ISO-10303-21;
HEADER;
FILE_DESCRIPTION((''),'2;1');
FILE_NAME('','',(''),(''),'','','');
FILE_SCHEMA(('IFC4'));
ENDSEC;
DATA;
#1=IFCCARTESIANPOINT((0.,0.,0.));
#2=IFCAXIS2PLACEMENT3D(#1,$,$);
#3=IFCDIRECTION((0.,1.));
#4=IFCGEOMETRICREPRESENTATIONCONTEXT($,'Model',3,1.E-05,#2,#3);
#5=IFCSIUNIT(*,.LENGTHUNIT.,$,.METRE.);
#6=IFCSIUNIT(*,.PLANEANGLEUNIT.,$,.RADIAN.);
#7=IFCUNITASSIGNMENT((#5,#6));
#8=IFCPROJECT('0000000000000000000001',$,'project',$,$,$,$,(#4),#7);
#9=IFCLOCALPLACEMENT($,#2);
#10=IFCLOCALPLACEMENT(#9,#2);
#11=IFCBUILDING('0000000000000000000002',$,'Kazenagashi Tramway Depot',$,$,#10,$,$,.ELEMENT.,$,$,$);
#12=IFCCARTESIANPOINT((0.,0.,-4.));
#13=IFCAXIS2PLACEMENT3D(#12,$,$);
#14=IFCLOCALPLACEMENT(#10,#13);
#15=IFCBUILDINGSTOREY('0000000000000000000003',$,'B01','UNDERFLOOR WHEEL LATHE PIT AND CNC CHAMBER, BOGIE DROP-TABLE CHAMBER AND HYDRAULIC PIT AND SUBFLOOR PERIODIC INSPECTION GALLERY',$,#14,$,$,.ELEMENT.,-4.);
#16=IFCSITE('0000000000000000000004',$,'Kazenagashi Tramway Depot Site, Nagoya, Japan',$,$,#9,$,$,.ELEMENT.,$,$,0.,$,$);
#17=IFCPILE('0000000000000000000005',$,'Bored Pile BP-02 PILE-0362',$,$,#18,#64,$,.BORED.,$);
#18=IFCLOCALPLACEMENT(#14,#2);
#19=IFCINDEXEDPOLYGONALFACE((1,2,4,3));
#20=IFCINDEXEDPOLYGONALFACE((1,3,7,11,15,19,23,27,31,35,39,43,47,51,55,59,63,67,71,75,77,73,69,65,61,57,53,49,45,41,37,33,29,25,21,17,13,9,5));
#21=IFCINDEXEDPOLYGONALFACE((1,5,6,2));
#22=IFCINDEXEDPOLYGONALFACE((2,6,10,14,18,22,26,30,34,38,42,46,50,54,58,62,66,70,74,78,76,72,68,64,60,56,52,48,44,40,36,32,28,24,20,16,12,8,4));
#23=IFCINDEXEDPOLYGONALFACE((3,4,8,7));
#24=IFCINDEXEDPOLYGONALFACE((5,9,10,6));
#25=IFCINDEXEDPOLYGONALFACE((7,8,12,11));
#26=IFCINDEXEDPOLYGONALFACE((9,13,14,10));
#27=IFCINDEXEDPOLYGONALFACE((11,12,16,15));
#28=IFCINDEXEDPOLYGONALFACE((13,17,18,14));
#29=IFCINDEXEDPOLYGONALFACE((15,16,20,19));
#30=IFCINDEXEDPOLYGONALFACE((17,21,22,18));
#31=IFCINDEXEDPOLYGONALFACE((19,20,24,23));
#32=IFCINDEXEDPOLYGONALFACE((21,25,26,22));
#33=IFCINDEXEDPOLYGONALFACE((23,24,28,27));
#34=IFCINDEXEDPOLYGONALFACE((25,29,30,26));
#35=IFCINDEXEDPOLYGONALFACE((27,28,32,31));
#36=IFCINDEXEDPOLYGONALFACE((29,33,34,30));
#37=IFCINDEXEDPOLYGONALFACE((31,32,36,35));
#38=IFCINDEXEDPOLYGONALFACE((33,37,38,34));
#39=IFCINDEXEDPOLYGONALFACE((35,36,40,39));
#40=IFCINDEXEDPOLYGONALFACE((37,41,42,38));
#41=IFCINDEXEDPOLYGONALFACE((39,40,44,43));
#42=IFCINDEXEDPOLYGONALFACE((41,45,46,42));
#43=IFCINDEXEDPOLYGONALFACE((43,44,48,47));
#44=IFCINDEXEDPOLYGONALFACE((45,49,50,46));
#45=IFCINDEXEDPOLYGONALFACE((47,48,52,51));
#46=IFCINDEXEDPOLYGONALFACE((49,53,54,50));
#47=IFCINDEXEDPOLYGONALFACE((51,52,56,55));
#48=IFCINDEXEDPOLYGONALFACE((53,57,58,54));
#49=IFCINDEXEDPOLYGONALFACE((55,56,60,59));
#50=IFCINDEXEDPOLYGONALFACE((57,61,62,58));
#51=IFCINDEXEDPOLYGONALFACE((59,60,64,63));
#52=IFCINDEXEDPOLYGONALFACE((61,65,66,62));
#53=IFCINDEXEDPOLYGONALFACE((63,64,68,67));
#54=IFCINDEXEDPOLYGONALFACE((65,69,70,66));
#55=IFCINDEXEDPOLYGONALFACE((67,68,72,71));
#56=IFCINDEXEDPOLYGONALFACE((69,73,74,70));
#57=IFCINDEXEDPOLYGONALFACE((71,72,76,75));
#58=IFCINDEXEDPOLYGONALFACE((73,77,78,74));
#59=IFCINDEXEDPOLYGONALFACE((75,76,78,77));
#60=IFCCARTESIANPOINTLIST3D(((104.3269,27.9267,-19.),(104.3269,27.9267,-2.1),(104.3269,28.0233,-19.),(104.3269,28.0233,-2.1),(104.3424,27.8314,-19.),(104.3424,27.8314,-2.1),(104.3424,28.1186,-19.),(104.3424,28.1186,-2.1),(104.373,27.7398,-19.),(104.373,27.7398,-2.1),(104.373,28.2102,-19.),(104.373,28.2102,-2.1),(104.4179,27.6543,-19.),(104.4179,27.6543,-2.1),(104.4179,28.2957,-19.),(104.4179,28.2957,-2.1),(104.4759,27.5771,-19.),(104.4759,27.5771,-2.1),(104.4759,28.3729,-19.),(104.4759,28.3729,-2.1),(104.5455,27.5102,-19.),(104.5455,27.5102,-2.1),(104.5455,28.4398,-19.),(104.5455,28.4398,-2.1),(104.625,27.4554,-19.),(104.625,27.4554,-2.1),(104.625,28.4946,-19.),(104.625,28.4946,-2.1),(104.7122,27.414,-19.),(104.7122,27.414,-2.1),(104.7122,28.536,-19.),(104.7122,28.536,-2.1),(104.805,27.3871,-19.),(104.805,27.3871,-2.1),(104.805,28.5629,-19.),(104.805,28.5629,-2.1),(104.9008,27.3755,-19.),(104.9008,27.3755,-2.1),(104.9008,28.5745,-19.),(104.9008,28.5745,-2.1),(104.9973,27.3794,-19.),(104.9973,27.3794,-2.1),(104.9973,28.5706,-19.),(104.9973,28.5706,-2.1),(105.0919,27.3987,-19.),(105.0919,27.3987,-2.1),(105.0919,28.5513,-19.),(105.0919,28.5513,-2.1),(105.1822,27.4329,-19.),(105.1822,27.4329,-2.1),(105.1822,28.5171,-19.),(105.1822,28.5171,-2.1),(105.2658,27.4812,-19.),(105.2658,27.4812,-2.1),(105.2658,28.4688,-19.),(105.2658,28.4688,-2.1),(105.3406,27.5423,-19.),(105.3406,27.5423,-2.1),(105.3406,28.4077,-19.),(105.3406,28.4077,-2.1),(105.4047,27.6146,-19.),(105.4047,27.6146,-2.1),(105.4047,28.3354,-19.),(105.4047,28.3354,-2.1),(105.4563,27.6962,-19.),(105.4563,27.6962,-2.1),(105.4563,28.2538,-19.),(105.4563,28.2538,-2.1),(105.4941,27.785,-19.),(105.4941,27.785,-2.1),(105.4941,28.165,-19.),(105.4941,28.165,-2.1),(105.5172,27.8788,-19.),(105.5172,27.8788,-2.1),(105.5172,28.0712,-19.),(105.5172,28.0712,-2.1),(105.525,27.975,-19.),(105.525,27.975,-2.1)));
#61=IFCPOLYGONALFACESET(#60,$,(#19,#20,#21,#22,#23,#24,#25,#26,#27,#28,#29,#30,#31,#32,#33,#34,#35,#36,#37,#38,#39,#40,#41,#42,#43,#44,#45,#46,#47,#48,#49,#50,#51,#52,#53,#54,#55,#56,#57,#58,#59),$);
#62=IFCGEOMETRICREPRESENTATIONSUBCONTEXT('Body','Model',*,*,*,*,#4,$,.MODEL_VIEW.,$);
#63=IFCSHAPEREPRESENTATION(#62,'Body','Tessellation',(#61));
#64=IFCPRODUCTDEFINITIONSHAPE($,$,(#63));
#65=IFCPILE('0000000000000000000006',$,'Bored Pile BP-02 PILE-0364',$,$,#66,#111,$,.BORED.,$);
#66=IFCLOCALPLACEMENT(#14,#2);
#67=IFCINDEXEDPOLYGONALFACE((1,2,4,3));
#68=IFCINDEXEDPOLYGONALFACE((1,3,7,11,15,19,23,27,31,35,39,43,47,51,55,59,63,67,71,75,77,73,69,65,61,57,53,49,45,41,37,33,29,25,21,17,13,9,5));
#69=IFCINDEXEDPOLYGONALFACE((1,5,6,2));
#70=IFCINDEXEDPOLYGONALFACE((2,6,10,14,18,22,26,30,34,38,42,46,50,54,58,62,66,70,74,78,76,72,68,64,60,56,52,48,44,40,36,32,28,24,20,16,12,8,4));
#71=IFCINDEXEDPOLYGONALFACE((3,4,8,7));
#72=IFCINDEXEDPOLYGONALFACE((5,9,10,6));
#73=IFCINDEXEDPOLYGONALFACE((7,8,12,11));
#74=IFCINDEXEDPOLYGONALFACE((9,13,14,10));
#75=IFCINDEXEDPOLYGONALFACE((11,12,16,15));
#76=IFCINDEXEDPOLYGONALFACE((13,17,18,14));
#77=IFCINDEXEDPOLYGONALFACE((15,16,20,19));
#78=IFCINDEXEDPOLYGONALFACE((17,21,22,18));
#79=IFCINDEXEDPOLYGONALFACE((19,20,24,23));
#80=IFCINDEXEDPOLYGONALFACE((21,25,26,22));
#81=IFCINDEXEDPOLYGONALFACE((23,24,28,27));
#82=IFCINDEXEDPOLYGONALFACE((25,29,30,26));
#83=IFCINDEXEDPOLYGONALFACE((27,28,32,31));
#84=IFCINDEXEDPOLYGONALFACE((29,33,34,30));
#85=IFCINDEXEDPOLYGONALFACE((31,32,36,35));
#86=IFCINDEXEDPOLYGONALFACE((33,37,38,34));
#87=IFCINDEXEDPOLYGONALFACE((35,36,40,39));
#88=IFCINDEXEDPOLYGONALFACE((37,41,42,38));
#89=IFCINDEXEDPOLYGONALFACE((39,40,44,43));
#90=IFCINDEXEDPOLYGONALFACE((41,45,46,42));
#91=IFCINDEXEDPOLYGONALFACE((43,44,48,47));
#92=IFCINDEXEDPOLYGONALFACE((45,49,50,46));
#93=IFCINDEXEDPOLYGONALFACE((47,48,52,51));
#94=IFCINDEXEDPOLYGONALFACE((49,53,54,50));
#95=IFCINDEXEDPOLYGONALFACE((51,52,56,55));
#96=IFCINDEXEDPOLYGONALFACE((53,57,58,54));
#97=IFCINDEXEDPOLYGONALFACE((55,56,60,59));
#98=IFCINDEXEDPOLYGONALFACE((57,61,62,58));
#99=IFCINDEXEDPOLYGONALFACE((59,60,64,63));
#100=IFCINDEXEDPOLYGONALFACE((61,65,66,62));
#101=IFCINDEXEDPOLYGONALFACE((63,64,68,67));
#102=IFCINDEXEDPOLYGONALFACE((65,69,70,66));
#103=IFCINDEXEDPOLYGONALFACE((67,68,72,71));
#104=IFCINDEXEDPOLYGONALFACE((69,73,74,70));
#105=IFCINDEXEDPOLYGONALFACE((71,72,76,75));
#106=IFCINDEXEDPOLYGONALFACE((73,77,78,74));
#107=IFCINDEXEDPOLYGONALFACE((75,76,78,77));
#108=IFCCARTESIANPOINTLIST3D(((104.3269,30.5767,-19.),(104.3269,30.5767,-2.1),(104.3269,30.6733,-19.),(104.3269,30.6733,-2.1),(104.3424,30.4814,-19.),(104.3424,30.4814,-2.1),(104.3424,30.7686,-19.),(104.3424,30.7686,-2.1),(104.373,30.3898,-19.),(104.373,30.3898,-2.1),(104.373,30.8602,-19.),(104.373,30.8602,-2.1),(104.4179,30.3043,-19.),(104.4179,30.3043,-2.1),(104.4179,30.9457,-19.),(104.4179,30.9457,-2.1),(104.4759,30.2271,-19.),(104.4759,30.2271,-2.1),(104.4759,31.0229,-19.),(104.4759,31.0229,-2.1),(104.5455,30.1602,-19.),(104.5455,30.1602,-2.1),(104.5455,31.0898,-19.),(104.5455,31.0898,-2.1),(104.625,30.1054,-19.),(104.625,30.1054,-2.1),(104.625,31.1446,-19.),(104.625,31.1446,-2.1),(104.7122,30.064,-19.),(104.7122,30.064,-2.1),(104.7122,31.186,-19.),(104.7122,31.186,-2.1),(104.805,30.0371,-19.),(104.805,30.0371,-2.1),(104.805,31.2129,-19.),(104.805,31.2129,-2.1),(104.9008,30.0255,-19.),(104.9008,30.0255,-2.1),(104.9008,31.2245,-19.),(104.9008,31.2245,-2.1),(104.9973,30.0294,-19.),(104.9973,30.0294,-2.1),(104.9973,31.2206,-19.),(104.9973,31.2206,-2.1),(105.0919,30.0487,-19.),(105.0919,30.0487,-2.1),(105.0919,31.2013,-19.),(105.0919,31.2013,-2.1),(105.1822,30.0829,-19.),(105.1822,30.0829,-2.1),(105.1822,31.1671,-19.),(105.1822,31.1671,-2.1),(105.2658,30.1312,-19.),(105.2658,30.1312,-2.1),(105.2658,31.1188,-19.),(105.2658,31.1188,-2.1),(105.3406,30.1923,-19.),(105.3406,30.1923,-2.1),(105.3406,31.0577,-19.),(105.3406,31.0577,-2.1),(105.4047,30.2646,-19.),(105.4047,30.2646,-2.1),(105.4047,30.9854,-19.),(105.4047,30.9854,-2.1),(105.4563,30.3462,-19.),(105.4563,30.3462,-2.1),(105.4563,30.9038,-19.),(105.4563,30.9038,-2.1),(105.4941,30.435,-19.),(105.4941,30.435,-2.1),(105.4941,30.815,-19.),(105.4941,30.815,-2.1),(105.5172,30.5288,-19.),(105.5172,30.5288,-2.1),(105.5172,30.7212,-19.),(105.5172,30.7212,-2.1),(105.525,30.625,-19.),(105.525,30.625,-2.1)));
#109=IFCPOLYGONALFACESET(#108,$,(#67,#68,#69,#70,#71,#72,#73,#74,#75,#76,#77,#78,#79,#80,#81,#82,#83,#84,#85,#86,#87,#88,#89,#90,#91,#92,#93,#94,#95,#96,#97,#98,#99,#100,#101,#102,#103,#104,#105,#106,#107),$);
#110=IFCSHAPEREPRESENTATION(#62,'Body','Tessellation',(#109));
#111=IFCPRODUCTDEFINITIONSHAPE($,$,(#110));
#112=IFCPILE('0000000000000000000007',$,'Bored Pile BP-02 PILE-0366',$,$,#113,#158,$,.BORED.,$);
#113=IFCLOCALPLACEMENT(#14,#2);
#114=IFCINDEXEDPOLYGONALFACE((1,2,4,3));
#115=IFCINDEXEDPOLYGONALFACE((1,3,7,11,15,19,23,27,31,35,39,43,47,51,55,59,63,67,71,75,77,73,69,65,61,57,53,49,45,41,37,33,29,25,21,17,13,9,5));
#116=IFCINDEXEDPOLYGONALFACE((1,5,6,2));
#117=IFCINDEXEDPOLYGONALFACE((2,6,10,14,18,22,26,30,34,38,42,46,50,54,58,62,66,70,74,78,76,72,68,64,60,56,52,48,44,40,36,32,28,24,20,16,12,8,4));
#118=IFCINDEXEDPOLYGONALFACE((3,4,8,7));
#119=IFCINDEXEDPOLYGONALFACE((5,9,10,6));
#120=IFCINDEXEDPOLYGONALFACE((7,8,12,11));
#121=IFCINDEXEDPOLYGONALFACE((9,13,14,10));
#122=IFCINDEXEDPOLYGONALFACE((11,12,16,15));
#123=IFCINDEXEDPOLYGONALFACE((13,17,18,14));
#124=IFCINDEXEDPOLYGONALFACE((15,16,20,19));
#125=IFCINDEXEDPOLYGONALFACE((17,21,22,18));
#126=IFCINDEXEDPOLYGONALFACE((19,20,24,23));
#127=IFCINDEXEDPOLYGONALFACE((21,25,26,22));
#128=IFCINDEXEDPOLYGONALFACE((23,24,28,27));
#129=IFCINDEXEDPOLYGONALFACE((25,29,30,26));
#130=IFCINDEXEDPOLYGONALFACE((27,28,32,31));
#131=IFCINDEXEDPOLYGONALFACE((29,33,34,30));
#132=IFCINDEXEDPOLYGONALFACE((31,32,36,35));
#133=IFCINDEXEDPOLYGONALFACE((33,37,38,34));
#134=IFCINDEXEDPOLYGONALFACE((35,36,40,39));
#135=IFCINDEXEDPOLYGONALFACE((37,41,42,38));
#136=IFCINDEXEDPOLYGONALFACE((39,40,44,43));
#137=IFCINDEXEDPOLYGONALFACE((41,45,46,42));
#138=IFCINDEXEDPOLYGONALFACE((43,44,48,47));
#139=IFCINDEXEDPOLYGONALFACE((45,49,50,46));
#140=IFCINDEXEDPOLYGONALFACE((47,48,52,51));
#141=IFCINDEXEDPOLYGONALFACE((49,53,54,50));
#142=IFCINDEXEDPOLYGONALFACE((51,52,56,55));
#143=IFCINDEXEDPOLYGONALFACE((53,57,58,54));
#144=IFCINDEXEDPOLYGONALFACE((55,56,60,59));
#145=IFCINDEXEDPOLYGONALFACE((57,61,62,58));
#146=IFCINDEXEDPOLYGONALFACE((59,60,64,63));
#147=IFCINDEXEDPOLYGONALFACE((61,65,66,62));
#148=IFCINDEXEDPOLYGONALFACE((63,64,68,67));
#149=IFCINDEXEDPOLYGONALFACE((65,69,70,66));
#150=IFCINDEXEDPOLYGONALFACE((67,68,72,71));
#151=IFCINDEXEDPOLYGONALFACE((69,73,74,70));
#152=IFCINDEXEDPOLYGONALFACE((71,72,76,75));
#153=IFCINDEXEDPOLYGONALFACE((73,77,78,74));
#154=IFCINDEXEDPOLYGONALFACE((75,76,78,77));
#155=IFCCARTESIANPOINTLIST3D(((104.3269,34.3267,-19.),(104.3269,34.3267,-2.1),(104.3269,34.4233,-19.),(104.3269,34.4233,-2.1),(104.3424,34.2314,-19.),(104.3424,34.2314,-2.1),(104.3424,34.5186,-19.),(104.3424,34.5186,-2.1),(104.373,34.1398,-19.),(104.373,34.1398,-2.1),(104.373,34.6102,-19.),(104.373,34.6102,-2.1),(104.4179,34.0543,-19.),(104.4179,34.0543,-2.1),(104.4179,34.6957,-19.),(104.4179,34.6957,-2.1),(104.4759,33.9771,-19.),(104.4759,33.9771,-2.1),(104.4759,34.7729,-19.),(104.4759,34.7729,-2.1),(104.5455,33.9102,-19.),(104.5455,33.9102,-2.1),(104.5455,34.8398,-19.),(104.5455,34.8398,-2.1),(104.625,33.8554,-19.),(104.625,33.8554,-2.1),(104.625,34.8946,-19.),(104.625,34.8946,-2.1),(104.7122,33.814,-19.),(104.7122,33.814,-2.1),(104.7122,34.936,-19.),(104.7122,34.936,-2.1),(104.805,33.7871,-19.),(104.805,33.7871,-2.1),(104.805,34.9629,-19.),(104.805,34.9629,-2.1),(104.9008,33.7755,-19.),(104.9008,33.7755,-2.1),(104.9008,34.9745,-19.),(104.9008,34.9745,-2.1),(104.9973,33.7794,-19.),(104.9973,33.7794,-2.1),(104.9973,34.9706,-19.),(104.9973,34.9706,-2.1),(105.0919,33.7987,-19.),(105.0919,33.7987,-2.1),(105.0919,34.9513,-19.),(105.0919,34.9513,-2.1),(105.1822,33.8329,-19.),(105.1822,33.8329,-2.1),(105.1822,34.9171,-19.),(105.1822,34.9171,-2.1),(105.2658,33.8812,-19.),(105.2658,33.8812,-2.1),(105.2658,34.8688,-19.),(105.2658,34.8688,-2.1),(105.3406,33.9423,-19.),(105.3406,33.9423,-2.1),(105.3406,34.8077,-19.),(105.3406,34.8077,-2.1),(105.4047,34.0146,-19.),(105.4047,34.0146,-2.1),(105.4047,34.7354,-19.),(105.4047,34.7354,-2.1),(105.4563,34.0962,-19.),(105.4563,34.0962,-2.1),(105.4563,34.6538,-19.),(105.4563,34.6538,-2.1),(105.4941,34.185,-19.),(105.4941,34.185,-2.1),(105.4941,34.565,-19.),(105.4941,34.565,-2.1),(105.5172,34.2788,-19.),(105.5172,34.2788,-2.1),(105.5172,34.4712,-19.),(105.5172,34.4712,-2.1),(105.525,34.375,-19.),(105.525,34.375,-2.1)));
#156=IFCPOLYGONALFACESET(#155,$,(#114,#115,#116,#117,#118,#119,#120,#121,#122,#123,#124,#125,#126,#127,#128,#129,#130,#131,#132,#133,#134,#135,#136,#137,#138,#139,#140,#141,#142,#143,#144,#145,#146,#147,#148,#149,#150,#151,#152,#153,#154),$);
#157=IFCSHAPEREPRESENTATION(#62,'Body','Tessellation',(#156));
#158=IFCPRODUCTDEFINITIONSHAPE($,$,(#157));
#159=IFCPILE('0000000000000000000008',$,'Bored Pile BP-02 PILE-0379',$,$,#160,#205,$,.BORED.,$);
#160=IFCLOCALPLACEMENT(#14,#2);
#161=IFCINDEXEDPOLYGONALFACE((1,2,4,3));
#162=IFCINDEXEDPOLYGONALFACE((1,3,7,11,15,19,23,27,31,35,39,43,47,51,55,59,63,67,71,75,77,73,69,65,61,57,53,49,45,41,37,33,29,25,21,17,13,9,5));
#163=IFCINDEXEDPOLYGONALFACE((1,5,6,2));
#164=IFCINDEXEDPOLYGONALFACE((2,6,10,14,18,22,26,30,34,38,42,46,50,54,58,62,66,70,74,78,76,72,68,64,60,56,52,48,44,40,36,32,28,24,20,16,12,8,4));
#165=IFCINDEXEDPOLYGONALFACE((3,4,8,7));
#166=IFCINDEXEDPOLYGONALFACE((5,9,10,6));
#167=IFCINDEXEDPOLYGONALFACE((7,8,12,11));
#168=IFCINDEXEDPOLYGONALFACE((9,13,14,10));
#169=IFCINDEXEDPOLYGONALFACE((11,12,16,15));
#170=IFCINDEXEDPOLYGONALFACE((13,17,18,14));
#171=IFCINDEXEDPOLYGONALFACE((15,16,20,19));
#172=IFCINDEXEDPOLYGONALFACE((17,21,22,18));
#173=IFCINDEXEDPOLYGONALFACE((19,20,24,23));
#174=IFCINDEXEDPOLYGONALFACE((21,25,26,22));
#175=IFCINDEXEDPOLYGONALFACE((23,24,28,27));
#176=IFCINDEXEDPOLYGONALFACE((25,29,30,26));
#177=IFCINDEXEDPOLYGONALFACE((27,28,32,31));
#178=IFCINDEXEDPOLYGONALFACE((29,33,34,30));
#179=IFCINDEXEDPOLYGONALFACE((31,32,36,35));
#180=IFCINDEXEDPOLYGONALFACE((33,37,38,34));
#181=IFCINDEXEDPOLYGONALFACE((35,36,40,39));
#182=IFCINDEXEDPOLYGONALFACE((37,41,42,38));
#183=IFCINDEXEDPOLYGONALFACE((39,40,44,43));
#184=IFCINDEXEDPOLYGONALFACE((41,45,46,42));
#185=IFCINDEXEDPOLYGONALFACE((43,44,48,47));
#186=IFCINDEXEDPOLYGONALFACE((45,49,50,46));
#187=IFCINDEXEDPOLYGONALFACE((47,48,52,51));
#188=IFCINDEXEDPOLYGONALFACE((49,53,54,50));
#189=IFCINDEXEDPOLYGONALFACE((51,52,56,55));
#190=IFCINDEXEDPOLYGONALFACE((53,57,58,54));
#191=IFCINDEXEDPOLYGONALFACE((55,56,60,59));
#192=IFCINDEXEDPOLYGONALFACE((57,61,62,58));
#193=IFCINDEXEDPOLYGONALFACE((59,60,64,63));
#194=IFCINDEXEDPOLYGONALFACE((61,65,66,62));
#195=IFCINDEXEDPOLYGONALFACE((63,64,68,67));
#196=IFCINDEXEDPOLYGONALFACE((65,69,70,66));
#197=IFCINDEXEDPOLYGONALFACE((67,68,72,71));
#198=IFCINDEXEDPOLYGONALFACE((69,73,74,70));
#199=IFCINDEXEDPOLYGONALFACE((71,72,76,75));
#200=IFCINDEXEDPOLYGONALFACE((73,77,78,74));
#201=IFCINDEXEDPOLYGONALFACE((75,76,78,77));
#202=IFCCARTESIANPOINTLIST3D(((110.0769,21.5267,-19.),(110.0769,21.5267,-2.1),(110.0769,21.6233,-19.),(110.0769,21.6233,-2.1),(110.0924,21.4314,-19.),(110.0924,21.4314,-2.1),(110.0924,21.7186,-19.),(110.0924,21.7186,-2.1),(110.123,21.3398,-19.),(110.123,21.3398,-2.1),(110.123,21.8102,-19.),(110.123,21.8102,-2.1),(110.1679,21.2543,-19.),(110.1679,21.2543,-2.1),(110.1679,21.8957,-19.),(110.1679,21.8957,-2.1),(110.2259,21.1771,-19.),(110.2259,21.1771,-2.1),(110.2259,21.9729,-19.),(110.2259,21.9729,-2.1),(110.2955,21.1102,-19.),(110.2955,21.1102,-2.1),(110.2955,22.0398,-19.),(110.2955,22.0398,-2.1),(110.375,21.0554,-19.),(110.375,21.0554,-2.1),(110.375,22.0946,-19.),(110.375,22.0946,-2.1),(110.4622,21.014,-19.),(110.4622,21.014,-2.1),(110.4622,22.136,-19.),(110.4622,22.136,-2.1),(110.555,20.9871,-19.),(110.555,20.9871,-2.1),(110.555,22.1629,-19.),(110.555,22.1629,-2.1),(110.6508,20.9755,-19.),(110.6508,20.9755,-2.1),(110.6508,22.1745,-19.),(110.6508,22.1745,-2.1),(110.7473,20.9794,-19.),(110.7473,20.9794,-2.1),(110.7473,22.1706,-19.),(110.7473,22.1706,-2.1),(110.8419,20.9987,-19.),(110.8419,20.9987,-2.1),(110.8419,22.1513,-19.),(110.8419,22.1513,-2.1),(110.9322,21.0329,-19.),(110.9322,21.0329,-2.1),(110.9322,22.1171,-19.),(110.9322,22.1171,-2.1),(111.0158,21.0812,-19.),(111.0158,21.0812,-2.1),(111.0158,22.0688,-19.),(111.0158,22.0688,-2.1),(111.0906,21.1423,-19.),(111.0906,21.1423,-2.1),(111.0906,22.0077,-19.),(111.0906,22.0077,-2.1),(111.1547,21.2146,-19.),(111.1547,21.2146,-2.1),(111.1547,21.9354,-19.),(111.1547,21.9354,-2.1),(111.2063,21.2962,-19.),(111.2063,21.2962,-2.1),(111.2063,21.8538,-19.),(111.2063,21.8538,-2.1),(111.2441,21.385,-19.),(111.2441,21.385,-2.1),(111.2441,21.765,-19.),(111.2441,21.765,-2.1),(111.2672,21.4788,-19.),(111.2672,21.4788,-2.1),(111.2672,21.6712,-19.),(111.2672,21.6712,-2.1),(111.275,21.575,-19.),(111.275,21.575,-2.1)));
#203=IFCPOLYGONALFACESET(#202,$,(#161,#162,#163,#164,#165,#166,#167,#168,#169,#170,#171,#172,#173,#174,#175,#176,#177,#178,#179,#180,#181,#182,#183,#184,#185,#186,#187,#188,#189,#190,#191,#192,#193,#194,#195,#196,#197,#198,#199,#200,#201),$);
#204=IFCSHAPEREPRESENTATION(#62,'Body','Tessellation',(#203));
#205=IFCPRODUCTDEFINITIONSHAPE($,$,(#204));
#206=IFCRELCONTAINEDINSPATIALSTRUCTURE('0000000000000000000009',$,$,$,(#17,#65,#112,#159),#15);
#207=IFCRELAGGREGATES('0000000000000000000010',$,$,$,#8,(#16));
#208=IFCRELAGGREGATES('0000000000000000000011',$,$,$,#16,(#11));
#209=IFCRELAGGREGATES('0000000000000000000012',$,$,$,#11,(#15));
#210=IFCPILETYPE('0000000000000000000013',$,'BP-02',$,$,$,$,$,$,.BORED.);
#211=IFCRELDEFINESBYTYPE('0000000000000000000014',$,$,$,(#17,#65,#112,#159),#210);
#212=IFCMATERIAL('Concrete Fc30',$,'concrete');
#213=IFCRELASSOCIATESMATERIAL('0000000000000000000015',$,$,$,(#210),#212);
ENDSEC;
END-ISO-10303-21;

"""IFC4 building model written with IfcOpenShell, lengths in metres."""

from ifc_helpers import new_model, si_unit, direction, frame, origin, origin_2d, place, context, subcontext, project, spatial, circle, extrude, material, material_profile, profile_set, type_object, element, save


model = new_model("IFC4")

# Units and contexts
model_context = context("Model", 3, precision=1e-05, world=origin(), true_north=direction((0.0, 1.0)))
body_context = subcontext(model_context, "Body", "Model", "MODEL_VIEW")
ifc_project = project(units=[si_unit("LENGTHUNIT", "METRE"), si_unit("PLANEANGLEUNIT", "RADIAN")], contexts=[model_context])

# Site, building, storey
site_placement = place(None, origin())
site = spatial("IfcSite", under=ifc_project, at=site_placement, Name="Kazenagashi Tramway Depot Site, Nagoya, Japan", CompositionType="ELEMENT", RefElevation=0.0)
building_placement = place(site_placement, origin())
building = spatial("IfcBuilding", under=site, at=building_placement, Name="Kazenagashi Tramway Depot", CompositionType="ELEMENT")
storey_placement = place(building_placement, frame((0.0, 0.0, -4.0)))
storey = spatial("IfcBuildingStorey", under=building, at=storey_placement, Name="B01", Description="UNDERFLOOR WHEEL LATHE PIT AND CNC CHAMBER, BOGIE DROP-TABLE CHAMBER AND HYDRAULIC PIT AND SUBFLOOR PERIODIC INSPECTION GALLERY", CompositionType="ELEMENT", Elevation=-4.0)

# Piles
ifc_material_1 = material(Name="Concrete Fc30", Category="concrete")
ifc_material_profile_1 = material_profile(ifc_material_1, circle(Radius=0.6, at=origin_2d()), Name="PILE-1200")
ifc_profile_set_1 = profile_set([ifc_material_profile_1], Name="Concrete Fc30")
pile_type_1 = type_object("IfcPileType", Name="BP-02", PredefinedType="BORED", material=ifc_profile_set_1)
for number, where, z_axis, x_axis, name in (
    (1, (104.925, 27.975, -2.1), (0.0, 0.0, -1.0), (1.0, 0.0, 0.0), "Bored Pile BP-02 PILE-0362"),
    (2, (104.925, 30.625, -2.1), (0.0, 0.0, -1.0), (1.0, 0.0, 0.0), "Bored Pile BP-02 PILE-0364"),
    (3, (104.925, 34.375, -2.1), (0.0, 0.0, -1.0), (1.0, 0.0, 0.0), "Bored Pile BP-02 PILE-0366"),
    (4, (110.675, 21.575, -2.1), (0.0, 0.0, -1.0), (1.0, 0.0, 0.0), "Bored Pile BP-02 PILE-0379"),
):
    element("IfcPile", number, at=place(storey_placement, frame(where, z_axis=z_axis, x_axis=x_axis)), inside=storey, type_object=pile_type_1, Name=name, PredefinedType="BORED", context=body_context, shape_type="SweptSolid", body=[
        extrude(circle(Radius=0.6, at=origin_2d()), origin(), (0.0, 0.0, 1.0), 16.9),
    ])

save(model, "model.ifc")
